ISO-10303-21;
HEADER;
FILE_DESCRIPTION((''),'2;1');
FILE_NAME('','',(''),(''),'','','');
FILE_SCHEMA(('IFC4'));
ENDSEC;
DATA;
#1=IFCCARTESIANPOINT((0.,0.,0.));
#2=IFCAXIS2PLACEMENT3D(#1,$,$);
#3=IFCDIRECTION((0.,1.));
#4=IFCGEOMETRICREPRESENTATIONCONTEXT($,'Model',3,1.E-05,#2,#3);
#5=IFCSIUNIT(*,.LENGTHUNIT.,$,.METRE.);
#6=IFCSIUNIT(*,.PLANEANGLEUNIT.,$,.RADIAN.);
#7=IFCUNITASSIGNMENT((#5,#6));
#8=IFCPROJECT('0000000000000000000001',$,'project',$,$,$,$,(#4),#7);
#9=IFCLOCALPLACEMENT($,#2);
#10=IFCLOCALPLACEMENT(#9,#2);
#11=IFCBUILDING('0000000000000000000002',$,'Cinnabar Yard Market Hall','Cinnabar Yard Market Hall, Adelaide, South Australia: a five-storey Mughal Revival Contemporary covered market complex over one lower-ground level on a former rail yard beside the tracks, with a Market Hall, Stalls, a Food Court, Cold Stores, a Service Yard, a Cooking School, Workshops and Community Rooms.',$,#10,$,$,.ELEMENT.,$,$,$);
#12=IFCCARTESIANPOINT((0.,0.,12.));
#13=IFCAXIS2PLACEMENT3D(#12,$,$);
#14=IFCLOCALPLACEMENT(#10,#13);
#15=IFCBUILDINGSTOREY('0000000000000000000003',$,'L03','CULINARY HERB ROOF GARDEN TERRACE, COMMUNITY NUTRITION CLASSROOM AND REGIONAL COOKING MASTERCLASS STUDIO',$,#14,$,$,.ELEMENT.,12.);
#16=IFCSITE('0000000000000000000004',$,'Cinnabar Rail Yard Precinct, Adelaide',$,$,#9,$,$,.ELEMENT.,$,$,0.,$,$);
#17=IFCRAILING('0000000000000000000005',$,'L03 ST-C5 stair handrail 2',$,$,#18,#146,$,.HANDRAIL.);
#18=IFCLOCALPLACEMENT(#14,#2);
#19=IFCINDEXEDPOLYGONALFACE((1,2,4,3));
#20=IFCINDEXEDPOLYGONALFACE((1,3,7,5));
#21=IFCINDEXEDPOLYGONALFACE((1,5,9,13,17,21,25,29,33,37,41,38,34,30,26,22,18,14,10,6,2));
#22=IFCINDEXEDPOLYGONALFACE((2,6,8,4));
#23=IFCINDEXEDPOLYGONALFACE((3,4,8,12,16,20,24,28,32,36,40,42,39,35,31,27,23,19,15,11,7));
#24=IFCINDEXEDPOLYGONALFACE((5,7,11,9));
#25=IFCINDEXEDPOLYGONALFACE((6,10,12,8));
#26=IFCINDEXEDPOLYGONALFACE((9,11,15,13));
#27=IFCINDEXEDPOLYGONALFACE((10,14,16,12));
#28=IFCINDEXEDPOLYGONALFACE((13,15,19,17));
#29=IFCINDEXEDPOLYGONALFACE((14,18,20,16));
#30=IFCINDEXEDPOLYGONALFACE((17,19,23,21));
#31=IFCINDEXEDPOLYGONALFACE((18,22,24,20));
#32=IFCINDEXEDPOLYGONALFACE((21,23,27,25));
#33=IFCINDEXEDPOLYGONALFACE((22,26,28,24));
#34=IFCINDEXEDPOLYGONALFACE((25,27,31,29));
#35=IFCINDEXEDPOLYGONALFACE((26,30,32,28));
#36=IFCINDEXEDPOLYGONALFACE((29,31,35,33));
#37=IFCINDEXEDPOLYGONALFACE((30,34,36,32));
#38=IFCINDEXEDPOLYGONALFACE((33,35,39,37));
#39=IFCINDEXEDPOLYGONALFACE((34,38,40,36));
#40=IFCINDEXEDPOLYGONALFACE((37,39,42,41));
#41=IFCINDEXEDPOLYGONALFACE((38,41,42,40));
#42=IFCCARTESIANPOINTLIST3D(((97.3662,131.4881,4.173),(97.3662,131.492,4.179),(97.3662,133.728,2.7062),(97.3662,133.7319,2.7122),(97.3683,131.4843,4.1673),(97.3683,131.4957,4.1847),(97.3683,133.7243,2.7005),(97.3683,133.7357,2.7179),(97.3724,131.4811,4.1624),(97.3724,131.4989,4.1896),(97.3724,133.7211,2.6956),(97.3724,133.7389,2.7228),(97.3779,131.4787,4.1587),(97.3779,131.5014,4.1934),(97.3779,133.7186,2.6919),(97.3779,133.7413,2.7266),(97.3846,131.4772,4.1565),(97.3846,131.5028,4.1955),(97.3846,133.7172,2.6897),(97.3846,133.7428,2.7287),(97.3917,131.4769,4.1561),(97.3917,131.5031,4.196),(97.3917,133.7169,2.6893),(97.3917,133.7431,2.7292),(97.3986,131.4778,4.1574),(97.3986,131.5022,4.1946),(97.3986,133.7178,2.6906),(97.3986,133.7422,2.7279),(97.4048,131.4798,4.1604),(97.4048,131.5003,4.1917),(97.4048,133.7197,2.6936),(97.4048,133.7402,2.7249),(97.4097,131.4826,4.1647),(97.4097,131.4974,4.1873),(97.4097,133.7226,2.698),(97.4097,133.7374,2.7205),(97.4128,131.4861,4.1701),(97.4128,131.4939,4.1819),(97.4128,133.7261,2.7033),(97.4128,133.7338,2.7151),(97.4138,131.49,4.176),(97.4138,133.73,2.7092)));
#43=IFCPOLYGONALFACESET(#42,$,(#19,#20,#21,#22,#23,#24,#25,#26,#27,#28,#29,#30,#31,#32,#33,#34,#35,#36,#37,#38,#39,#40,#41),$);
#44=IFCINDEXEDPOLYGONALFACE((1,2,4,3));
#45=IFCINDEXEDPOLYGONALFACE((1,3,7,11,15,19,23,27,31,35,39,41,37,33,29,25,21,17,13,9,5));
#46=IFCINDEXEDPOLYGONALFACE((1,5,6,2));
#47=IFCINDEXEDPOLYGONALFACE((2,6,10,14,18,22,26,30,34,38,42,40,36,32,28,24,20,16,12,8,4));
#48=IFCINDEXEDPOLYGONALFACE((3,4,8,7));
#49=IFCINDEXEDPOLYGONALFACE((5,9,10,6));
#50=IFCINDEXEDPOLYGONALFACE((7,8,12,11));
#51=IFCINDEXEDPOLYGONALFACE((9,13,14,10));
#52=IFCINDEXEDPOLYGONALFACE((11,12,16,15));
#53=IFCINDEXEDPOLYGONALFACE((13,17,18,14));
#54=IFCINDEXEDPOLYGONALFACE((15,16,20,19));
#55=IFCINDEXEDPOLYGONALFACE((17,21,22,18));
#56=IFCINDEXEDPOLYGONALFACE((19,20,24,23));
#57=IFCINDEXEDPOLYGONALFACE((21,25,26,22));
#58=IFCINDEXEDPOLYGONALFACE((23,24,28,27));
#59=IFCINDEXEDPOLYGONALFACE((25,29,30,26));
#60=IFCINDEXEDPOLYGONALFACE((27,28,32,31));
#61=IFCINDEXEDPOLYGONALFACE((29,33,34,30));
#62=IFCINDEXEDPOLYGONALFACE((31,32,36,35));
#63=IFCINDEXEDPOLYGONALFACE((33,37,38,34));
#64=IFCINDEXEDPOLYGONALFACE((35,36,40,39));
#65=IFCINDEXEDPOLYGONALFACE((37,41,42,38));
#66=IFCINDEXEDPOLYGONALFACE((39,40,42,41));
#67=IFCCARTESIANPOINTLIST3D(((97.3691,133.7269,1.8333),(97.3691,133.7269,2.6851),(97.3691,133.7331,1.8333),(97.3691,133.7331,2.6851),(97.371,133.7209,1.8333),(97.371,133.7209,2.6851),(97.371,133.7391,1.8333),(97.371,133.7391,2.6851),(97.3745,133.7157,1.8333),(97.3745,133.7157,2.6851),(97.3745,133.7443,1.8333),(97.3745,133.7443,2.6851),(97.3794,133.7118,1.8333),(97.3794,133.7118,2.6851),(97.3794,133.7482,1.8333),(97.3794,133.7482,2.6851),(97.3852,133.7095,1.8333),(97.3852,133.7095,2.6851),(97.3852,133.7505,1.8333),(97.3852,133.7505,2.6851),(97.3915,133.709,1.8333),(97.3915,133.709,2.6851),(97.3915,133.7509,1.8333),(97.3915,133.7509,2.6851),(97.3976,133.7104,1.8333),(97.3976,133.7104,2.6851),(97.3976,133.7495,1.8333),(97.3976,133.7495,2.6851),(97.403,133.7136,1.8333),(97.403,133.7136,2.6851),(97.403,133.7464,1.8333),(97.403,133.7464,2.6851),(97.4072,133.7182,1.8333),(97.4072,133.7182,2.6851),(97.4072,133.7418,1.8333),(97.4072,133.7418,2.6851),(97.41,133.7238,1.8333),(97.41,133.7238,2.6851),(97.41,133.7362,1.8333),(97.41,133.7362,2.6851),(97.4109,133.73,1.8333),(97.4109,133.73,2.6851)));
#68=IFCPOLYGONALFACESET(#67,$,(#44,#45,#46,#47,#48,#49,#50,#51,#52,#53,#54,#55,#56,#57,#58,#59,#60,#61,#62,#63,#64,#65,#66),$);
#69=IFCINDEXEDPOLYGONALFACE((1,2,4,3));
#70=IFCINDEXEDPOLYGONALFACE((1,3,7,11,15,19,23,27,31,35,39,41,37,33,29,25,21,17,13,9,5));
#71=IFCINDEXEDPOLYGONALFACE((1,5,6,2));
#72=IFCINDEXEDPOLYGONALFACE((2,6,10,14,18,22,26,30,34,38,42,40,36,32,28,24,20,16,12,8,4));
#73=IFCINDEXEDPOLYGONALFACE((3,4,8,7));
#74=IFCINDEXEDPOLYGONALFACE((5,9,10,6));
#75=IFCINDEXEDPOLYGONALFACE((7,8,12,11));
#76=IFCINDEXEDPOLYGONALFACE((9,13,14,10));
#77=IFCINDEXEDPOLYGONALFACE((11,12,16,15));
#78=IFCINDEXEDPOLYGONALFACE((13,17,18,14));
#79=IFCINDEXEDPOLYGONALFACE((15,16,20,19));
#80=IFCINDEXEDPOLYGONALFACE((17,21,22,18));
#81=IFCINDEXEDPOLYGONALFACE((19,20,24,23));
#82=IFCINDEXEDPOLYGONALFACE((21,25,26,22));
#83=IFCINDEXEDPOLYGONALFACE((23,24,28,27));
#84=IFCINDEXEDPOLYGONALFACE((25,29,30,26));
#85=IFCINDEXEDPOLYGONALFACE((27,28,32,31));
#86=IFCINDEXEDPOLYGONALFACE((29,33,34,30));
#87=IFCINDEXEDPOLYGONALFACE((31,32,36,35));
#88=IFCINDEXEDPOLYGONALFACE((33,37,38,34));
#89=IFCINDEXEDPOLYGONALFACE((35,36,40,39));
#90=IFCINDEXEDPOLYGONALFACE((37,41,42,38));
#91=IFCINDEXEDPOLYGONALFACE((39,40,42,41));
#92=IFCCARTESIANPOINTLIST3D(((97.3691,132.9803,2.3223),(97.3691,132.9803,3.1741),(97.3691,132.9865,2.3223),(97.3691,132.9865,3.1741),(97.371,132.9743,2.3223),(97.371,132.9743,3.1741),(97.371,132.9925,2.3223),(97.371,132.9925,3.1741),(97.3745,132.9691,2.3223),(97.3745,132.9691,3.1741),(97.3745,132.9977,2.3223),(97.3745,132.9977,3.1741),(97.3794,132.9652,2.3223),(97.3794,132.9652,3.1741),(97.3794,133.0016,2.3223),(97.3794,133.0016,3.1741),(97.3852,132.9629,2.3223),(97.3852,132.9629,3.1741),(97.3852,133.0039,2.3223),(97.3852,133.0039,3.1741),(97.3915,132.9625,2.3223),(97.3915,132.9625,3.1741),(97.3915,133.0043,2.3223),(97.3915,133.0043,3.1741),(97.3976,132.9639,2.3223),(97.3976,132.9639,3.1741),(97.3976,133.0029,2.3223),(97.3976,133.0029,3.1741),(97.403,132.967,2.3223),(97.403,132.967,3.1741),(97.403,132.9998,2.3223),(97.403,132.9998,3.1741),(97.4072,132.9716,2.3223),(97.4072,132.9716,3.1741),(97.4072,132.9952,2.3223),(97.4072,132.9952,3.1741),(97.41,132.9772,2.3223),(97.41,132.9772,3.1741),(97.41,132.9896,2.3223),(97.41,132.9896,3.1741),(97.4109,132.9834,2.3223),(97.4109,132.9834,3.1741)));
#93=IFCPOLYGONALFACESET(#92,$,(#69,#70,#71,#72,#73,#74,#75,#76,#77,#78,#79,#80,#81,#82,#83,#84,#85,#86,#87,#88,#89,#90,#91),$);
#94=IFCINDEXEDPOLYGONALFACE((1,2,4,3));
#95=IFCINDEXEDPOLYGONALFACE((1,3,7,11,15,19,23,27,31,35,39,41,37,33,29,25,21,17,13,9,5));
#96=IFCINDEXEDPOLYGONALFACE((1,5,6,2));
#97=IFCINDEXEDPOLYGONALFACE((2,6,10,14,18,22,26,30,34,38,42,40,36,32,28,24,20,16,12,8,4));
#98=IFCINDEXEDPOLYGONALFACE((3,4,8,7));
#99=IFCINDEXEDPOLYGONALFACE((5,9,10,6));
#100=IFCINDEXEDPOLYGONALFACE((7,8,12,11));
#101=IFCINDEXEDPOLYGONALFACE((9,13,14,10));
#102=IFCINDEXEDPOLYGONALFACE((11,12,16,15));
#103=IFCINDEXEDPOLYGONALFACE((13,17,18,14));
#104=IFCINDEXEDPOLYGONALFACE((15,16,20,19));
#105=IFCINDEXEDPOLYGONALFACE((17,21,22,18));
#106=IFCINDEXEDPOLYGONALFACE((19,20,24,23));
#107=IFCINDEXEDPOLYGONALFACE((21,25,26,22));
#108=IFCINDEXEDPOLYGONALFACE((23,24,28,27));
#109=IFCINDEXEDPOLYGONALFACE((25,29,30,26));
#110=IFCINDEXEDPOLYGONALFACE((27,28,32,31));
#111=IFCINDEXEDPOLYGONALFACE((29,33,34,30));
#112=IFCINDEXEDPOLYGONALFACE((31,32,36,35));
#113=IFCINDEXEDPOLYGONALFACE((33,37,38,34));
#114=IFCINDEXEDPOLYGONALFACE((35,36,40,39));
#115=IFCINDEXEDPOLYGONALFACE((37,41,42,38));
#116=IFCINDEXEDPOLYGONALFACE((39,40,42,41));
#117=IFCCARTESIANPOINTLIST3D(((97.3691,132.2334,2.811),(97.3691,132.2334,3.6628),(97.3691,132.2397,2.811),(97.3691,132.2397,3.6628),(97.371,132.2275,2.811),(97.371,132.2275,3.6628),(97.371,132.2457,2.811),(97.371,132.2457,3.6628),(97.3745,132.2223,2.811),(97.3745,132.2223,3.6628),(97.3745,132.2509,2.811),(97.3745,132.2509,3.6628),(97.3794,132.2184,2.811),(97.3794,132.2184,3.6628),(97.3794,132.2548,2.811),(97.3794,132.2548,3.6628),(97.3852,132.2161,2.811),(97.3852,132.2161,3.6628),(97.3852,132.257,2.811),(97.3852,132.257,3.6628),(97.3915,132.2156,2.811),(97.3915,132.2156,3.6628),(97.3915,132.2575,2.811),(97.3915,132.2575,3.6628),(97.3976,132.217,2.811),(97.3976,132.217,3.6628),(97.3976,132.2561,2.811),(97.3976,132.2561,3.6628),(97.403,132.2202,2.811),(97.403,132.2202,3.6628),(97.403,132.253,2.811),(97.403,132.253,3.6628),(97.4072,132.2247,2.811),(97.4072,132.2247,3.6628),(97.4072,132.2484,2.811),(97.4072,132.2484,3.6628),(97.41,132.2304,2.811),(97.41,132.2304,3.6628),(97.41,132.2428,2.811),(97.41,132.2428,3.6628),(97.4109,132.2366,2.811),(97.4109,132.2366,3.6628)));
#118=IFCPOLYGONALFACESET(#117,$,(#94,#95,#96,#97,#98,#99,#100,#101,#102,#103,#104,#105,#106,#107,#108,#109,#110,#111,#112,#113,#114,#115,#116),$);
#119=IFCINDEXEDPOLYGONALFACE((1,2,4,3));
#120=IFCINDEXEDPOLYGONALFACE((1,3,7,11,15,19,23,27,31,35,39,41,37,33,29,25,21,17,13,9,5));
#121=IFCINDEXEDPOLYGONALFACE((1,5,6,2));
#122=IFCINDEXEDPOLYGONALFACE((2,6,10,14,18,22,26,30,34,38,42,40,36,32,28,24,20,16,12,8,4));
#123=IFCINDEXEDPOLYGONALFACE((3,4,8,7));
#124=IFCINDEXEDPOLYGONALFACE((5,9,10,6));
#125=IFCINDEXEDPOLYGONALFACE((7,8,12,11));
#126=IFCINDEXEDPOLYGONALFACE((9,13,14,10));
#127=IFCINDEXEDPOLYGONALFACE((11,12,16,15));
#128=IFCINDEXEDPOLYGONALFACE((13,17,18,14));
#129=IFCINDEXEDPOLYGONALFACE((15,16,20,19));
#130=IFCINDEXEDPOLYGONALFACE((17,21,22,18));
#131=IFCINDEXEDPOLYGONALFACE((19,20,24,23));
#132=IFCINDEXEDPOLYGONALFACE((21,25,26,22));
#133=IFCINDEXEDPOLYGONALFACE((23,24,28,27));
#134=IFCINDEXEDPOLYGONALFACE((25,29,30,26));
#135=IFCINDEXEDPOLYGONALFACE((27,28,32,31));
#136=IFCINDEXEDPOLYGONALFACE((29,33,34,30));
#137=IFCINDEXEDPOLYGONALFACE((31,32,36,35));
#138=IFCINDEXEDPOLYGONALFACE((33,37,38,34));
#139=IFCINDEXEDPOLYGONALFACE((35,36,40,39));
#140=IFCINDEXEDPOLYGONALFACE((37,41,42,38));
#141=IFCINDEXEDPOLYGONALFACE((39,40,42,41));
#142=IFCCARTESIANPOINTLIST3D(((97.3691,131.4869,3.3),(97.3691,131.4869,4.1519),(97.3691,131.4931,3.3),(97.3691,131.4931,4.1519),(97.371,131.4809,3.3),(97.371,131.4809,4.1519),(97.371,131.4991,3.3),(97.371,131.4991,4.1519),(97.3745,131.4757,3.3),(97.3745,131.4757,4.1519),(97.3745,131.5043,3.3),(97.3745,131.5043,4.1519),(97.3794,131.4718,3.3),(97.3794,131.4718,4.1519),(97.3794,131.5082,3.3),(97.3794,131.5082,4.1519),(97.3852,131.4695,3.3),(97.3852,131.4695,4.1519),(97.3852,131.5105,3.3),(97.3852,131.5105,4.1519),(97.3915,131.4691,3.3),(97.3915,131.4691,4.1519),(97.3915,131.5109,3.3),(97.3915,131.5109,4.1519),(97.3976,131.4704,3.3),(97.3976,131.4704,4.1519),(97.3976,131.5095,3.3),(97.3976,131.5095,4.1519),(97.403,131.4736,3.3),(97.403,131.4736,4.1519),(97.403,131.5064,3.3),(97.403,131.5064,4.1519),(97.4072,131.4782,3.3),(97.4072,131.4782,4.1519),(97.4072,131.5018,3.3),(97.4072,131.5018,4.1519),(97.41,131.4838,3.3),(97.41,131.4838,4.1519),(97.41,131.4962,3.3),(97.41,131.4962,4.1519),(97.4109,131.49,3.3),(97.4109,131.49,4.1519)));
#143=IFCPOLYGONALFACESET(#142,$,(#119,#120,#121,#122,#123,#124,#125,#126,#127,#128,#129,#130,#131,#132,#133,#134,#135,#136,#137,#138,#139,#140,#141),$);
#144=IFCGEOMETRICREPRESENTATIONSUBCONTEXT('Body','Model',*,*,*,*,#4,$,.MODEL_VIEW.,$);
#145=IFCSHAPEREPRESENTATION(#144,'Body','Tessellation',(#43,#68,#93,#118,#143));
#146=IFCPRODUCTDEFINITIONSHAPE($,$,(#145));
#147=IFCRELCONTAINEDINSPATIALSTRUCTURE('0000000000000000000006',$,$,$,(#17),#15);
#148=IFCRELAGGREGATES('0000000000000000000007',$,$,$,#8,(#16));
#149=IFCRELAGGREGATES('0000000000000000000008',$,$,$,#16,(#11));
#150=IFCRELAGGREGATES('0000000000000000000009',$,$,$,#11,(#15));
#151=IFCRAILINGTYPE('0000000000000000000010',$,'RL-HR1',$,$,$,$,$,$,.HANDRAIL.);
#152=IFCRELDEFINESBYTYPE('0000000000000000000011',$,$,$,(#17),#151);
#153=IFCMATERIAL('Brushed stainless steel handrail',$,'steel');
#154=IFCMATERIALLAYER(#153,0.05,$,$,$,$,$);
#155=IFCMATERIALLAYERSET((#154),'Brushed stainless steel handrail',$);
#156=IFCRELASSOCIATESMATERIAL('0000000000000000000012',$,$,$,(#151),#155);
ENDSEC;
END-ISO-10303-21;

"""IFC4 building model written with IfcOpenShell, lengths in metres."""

from ifc_helpers import new_model, si_unit, direction, frame, origin, origin_2d_with_axis, place, context, subcontext, project, spatial, circle, extrude, material, layer, layer_set, type_object, element, save


model = new_model("IFC4")

# Units and contexts
model_context = context("Model", 3, precision=1e-05, world=origin(), true_north=direction((0.0, 1.0)))
body_context = subcontext(model_context, "Body", "Model", "MODEL_VIEW")
ifc_project = project(units=[si_unit("LENGTHUNIT", "METRE"), si_unit("PLANEANGLEUNIT", "RADIAN")], contexts=[model_context])

# Site, building, storey
site_placement = place(None, origin())
site = spatial("IfcSite", under=ifc_project, at=site_placement, Name="Cinnabar Rail Yard Precinct, Adelaide", CompositionType="ELEMENT", RefElevation=0.0)
building_placement = place(site_placement, origin())
building = spatial("IfcBuilding", under=site, at=building_placement, Name="Cinnabar Yard Market Hall", Description="Cinnabar Yard Market Hall, Adelaide, South Australia: a five-storey Mughal Revival Contemporary covered market complex over one lower-ground level on a former rail yard beside the tracks, with a Market Hall, Stalls, a Food Court, Cold Stores, a Service Yard, a Cooking School, Workshops and Community Rooms.", CompositionType="ELEMENT")
storey_placement = place(building_placement, frame((0.0, 0.0, 12.0)))
storey = spatial("IfcBuildingStorey", under=building, at=storey_placement, Name="L03", Description="CULINARY HERB ROOF GARDEN TERRACE, COMMUNITY NUTRITION CLASSROOM AND REGIONAL COOKING MASTERCLASS STUDIO", CompositionType="ELEMENT", Elevation=12.0)

# Railing
ifc_material_1 = material(Name="Brushed stainless steel handrail", Category="steel")
ifc_layer_1 = layer(ifc_material_1, 0.05)
ifc_layer_set_1 = layer_set([ifc_layer_1], Name="Brushed stainless steel handrail")
railing_type_1 = type_object("IfcRailingType", Name="RL-HR1", PredefinedType="HANDRAIL", material=ifc_layer_set_1)
railing_1_placement = place(storey_placement, frame((97.3899, 133.73, 1.8333)))
element("IfcRailing", 1, at=railing_1_placement, inside=storey, type_object=railing_type_1, Name="L03 ST-C5 stair handrail 2", PredefinedType="HANDRAIL", context=body_context, shape_type="SweptSolid", body=[
    extrude(circle(Radius=0.0239, at=origin_2d_with_axis()), frame((0.0, 0.0, 0.876), z_axis=(0.0, -0.836595, 0.547822), x_axis=(1.0, 0.0, 0.0)), (0.0, 0.0, 1.0), 2.6775),
    extrude(circle(Radius=0.021, at=origin_2d_with_axis()), origin(), (0.0, 0.0, 1.0), 0.8518),
    extrude(circle(Radius=0.021, at=origin_2d_with_axis()), frame((0.0, -0.7466, 0.489)), (0.0, 0.0, 1.0), 0.8518),
    extrude(circle(Radius=0.021, at=origin_2d_with_axis()), frame((0.0, -1.4934, 0.9778)), (0.0, 0.0, 1.0), 0.8518),
    extrude(circle(Radius=0.021, at=origin_2d_with_axis()), frame((0.0, -2.24, 1.4668)), (0.0, 0.0, 1.0), 0.8518),
])

save(model, "model.ifc")
